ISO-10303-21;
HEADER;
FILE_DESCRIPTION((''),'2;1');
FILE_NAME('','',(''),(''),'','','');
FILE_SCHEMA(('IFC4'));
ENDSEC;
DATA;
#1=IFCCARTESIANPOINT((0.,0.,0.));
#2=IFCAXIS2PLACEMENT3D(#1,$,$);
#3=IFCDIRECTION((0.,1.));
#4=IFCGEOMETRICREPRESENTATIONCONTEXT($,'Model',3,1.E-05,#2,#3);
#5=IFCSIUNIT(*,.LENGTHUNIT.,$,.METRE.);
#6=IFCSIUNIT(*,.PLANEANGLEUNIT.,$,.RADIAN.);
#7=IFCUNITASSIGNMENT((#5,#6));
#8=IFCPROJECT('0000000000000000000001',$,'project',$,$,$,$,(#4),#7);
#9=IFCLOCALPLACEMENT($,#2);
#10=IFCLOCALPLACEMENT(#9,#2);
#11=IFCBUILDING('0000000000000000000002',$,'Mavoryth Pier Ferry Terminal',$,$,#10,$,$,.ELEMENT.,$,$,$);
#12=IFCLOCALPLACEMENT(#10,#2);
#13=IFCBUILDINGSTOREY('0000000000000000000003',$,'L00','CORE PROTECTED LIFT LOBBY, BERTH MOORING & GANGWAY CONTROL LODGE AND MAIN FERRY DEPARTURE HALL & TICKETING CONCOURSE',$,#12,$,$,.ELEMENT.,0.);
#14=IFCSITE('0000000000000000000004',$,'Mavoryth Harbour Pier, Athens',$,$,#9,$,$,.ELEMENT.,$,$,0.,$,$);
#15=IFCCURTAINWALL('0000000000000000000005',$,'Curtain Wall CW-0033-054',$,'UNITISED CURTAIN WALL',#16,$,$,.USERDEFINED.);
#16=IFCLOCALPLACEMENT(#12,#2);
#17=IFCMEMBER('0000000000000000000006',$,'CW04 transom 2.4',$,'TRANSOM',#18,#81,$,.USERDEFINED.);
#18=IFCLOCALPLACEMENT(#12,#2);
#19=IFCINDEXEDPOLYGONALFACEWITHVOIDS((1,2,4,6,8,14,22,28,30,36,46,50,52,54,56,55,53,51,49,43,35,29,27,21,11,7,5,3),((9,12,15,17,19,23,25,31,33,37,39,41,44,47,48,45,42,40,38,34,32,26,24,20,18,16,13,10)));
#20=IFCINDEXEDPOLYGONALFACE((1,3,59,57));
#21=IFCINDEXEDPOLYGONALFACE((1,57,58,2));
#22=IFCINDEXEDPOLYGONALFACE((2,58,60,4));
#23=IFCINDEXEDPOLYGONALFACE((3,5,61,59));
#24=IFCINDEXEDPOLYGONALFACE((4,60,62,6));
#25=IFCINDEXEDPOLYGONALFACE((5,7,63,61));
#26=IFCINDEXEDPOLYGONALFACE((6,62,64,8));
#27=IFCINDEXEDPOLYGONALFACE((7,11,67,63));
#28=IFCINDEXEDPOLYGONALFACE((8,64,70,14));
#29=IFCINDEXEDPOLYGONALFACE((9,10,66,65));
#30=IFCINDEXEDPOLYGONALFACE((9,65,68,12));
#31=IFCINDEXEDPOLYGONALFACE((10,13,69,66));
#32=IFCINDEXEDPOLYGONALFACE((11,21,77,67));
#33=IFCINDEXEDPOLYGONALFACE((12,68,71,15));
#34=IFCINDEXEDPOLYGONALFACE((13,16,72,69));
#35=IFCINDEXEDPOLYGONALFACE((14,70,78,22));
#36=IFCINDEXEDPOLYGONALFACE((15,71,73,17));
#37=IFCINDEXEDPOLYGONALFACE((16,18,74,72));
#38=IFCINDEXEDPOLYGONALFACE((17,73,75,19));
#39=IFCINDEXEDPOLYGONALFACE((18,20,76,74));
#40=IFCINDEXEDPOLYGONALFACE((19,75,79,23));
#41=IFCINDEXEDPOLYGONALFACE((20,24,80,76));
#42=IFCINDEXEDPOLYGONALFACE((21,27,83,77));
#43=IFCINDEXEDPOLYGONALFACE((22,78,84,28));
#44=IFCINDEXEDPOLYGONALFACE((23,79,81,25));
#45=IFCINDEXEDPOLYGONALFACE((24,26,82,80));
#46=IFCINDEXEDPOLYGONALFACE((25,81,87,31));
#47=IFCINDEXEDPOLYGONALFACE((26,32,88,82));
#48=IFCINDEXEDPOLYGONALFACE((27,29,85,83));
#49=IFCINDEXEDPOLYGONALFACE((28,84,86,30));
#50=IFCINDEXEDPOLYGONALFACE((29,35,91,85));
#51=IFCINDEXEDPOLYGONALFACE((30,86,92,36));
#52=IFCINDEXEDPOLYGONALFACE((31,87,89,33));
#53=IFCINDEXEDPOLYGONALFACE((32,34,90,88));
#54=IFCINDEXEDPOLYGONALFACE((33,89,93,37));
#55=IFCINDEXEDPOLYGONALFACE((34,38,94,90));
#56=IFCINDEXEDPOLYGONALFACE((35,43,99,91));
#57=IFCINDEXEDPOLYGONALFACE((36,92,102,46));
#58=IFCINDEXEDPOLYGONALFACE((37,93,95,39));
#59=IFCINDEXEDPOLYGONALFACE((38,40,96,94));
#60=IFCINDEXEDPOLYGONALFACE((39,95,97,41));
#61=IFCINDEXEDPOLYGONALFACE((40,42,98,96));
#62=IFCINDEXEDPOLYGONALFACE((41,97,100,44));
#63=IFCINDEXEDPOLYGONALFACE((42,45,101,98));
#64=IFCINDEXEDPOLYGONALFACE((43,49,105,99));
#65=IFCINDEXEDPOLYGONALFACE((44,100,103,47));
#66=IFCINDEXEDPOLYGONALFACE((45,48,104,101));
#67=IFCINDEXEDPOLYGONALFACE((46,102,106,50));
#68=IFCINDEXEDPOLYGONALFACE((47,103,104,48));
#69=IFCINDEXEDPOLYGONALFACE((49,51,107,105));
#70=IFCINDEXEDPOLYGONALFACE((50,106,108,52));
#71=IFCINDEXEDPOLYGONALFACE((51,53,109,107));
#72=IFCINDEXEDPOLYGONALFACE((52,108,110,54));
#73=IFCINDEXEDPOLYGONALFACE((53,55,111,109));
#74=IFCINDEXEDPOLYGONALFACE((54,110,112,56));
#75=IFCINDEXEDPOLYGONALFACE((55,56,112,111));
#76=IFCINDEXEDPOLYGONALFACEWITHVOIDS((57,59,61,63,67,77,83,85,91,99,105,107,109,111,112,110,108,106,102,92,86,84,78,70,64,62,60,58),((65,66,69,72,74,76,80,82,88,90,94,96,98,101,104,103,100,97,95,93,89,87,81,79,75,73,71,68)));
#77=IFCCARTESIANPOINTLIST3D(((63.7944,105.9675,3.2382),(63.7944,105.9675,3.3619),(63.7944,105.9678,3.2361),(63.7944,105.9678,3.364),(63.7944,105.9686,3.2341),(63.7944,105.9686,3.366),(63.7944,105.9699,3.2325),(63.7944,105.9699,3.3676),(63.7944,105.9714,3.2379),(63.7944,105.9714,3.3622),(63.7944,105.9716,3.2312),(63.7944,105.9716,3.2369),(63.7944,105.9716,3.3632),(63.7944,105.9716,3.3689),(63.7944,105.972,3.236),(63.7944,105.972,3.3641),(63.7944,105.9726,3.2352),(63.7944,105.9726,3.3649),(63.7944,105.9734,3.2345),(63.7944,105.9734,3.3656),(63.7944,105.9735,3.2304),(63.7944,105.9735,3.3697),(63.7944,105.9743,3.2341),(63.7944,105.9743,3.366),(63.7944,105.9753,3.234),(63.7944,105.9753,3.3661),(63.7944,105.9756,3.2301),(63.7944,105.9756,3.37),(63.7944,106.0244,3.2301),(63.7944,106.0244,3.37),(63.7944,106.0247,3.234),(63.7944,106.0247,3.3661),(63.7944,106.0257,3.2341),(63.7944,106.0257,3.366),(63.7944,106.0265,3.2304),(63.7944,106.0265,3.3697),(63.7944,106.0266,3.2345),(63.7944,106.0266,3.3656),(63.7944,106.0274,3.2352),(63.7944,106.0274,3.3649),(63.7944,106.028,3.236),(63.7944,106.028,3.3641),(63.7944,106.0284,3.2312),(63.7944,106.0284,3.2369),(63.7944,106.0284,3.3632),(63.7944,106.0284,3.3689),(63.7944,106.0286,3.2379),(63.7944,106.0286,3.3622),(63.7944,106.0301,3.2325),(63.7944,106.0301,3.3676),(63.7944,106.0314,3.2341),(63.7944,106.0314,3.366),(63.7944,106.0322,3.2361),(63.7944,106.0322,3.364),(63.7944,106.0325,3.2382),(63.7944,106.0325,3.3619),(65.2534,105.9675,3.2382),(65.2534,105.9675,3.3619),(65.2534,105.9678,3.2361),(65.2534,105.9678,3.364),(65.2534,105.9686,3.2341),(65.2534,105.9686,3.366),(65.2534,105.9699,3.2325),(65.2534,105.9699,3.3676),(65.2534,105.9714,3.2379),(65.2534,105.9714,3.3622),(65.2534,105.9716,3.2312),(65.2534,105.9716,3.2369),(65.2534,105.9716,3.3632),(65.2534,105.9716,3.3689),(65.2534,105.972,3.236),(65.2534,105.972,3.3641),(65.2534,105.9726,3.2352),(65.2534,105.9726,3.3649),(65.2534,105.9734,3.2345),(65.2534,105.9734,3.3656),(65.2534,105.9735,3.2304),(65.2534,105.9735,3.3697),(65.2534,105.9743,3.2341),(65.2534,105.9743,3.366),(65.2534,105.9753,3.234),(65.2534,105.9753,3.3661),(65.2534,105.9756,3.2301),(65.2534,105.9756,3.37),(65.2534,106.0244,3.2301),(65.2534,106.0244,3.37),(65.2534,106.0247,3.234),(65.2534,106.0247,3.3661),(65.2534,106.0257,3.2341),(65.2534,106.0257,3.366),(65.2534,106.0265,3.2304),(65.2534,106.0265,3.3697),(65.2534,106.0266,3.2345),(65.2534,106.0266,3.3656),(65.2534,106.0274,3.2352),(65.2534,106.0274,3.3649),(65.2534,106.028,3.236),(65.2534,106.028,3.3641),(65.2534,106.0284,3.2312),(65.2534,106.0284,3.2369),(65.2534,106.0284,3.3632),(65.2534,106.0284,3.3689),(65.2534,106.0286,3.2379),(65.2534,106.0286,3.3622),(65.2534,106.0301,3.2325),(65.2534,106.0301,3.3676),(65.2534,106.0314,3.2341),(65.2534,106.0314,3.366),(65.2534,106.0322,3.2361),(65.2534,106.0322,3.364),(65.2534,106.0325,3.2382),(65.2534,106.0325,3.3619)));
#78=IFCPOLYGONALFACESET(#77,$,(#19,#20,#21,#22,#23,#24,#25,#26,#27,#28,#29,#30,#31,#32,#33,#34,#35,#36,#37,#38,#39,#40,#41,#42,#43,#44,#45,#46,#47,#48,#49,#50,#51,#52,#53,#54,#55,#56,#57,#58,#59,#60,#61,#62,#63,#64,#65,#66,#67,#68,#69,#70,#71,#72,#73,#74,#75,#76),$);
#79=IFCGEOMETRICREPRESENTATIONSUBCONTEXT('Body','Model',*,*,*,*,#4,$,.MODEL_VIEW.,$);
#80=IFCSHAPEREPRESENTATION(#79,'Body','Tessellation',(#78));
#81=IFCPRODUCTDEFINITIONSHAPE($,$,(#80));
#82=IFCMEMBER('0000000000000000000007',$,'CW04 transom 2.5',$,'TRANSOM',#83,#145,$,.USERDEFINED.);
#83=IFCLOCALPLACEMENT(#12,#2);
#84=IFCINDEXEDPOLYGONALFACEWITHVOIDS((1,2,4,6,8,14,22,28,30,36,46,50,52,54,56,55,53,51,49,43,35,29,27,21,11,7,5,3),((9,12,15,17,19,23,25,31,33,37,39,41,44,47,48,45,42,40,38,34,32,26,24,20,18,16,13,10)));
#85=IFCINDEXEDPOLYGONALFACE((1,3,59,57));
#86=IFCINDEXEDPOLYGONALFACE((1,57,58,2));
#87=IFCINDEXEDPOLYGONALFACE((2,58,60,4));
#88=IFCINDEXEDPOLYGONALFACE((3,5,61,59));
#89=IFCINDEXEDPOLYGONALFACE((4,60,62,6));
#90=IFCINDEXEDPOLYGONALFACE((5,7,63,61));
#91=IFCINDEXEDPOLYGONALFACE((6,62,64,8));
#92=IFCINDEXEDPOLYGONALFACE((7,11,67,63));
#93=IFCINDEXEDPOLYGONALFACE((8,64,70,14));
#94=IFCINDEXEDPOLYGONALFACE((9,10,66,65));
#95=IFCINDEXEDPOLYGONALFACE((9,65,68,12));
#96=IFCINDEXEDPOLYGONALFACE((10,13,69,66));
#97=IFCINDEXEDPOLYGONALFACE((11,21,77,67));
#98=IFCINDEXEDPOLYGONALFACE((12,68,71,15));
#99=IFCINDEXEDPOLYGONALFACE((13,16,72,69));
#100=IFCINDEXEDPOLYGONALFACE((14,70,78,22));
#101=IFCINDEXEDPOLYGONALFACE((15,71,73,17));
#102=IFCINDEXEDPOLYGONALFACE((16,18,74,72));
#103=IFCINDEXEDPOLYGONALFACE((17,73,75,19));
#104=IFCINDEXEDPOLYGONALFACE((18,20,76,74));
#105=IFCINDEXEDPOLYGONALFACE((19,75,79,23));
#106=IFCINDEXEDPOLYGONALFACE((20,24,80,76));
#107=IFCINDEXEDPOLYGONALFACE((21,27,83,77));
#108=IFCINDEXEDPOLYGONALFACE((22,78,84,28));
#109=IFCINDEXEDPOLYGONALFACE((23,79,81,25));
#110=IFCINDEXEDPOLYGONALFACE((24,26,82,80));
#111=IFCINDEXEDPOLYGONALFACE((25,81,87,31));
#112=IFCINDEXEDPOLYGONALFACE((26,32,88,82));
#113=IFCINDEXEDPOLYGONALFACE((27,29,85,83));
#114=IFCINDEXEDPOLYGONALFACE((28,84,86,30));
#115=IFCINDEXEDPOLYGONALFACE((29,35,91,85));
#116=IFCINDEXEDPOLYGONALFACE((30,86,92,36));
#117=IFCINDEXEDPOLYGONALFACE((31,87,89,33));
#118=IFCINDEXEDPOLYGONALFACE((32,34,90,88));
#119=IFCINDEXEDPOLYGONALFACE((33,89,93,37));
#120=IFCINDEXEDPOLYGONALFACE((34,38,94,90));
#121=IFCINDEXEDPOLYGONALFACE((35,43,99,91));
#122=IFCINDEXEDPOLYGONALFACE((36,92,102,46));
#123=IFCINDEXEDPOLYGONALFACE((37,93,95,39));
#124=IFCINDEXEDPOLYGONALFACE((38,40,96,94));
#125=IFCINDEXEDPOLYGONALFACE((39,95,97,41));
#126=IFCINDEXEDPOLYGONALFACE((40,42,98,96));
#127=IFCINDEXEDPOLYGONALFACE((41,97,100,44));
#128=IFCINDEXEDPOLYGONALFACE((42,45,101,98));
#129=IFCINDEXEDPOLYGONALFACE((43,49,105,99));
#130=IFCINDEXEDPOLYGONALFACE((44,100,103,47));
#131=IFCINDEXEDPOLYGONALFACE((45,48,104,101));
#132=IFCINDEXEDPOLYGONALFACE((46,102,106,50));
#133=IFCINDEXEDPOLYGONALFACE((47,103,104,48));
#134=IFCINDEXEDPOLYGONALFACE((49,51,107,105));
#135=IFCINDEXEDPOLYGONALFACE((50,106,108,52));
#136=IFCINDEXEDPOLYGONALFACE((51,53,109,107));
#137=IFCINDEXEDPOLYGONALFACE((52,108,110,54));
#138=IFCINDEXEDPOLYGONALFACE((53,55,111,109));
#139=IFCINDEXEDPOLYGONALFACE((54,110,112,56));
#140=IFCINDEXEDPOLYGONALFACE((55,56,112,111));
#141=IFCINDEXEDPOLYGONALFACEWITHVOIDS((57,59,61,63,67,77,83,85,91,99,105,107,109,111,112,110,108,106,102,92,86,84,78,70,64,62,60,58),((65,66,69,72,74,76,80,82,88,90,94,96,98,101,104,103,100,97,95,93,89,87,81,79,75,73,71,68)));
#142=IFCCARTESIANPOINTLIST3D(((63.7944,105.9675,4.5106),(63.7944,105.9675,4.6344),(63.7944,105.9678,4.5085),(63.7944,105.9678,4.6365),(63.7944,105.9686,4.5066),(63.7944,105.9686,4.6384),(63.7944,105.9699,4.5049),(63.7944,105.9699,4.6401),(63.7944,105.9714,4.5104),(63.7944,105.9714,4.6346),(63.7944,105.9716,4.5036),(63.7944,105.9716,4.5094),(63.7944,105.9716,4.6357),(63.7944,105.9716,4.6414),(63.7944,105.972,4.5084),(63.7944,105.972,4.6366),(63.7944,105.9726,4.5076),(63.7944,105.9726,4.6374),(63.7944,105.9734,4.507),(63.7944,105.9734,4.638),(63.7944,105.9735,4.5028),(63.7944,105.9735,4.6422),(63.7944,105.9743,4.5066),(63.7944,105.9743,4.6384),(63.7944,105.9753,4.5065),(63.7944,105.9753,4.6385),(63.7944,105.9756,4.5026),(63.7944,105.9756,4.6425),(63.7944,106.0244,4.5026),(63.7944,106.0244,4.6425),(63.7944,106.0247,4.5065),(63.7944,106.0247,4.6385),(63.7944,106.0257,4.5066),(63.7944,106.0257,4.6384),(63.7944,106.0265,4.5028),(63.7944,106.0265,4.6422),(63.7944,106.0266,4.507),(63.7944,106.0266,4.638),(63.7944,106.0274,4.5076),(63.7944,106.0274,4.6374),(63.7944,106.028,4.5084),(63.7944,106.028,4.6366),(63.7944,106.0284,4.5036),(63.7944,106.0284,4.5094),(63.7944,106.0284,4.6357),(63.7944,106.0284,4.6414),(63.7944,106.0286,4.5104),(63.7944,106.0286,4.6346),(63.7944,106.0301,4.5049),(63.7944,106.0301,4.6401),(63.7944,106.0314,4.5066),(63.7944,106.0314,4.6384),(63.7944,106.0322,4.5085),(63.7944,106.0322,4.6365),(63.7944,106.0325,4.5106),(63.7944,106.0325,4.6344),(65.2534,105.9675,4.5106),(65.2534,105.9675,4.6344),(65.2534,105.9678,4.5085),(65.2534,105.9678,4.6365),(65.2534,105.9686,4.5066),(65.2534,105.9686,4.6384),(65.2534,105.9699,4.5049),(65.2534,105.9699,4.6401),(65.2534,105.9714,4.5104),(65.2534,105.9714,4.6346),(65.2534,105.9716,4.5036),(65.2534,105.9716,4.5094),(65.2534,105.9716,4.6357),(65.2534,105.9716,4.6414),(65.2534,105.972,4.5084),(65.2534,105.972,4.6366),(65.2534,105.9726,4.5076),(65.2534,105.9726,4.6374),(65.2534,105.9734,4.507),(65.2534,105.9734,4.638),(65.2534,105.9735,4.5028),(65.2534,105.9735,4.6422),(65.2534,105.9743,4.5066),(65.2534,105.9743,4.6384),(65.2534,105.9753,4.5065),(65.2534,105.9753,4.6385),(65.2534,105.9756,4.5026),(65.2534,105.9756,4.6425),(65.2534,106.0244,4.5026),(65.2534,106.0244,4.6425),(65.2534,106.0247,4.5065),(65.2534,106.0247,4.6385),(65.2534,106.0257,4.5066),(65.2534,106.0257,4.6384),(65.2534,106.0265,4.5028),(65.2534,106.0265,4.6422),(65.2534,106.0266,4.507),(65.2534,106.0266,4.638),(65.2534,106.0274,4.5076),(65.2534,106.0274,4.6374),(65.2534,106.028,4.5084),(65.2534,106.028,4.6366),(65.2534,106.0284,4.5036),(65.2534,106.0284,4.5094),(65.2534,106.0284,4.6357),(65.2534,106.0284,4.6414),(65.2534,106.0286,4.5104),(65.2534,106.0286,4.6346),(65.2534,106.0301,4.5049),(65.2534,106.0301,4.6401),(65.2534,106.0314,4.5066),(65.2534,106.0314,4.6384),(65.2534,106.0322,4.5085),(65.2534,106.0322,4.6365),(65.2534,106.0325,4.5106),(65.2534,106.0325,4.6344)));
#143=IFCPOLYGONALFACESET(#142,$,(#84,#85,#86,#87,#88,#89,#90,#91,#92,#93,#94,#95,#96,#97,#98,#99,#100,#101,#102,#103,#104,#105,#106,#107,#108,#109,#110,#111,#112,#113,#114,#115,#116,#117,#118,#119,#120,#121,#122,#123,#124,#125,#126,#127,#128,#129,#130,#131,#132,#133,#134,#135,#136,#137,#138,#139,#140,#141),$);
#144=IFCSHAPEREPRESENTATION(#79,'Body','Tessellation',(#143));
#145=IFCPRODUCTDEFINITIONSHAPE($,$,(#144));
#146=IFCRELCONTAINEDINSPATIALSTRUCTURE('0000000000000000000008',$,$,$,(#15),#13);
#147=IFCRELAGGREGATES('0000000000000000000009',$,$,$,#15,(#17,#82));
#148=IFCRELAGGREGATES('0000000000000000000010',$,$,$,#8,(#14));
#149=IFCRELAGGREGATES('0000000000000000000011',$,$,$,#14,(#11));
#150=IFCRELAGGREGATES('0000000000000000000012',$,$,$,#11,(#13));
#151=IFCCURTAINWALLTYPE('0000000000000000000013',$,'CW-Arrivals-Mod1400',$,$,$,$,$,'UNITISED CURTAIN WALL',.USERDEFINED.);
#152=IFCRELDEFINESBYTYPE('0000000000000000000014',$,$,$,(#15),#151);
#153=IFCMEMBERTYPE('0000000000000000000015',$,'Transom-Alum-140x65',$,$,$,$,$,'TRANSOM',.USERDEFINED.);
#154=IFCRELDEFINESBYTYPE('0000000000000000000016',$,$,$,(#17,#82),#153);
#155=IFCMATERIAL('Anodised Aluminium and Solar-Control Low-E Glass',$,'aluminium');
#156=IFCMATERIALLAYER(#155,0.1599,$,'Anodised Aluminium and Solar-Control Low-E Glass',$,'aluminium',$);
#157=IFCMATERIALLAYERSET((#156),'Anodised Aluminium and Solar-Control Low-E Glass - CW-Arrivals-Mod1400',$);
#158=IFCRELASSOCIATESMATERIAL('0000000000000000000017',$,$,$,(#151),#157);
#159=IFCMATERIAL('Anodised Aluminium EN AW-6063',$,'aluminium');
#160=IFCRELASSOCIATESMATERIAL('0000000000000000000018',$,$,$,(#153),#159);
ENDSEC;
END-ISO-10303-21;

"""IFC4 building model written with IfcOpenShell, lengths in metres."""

from ifc_helpers import new_model, si_unit, direction, frame, origin, origin_2d, place, context, subcontext, project, spatial, hollow_rectangle, extrude, material, layer, layer_set, material_profile, profile_set, type_object, element, aggregate, save


model = new_model("IFC4")

# Units and contexts
model_context = context("Model", 3, precision=1e-05, world=origin(), true_north=direction((0.0, 1.0)))
body_context = subcontext(model_context, "Body", "Model", "MODEL_VIEW")
ifc_project = project(units=[si_unit("LENGTHUNIT", "METRE"), si_unit("PLANEANGLEUNIT", "RADIAN")], contexts=[model_context])

# Site, building, storey
site_placement = place(None, origin())
site = spatial("IfcSite", under=ifc_project, at=site_placement, Name="Mavoryth Harbour Pier, Athens", CompositionType="ELEMENT", RefElevation=0.0)
building_placement = place(site_placement, origin())
building = spatial("IfcBuilding", under=site, at=building_placement, Name="Mavoryth Pier Ferry Terminal", CompositionType="ELEMENT")
storey_placement = place(building_placement, origin())
storey = spatial("IfcBuildingStorey", under=building, at=storey_placement, Name="L00", Description="CORE PROTECTED LIFT LOBBY, BERTH MOORING & GANGWAY CONTROL LODGE AND MAIN FERRY DEPARTURE HALL & TICKETING CONCOURSE", CompositionType="ELEMENT", Elevation=0.0)

# Curtain wall, members
ifc_material_1 = material(Name="Anodised Aluminium and Solar-Control Low-E Glass", Category="aluminium")
ifc_layer_1 = layer(ifc_material_1, 0.1599, Name="Anodised Aluminium and Solar-Control Low-E Glass", Category="aluminium")
ifc_layer_set_1 = layer_set([ifc_layer_1], Name="Anodised Aluminium and Solar-Control Low-E Glass - CW-Arrivals-Mod1400")
curtain_wall_type = type_object("IfcCurtainWallType", Name="CW-Arrivals-Mod1400", ElementType="UNITISED CURTAIN WALL", PredefinedType="USERDEFINED", material=ifc_layer_set_1)
curtain_wall_placement = place(storey_placement, origin())
curtain_wall = element("IfcCurtainWall", 1, at=curtain_wall_placement, inside=storey, type_object=curtain_wall_type, Name="Curtain Wall CW-0033-054", ObjectType="UNITISED CURTAIN WALL", PredefinedType="USERDEFINED")
ifc_material_2 = material(Name="Anodised Aluminium EN AW-6063", Category="aluminium")
ifc_material_profile_1 = material_profile(ifc_material_2, hollow_rectangle(XDim=0.0649, YDim=0.1399, WallThickness=0.0039, InnerFilletRadius=0.0039, OuterFilletRadius=0.0081, at=origin_2d()), Name="AL-TRAN 140x65x4", Category="aluminium")
ifc_profile_set_1 = profile_set([ifc_material_profile_1], Name="Anodised Aluminium EN AW-6063 - AL-TRAN 140x65x4")
member_type_1 = type_object("IfcMemberType", Name="Transom-Alum-140x65", ElementType="TRANSOM", PredefinedType="USERDEFINED", material=ifc_profile_set_1)
member_1_placement = place(storey_placement, frame((65.2534, 106.0, 3.3), z_axis=(-1.0, 0.0, 0.0), x_axis=(0.0, -1.0, 0.0)))
member_1 = element("IfcMember", 2, at=member_1_placement, type_object=member_type_1, Name="CW04 transom 2.4", ObjectType="TRANSOM", PredefinedType="USERDEFINED", context=body_context, shape_type="SweptSolid", body=[
    extrude(hollow_rectangle(XDim=0.0649, YDim=0.1399, WallThickness=0.0039, InnerFilletRadius=0.0039, OuterFilletRadius=0.0081, at=origin_2d()), origin(), (0.0, 0.0, 1.0), 1.459),
])
member_2_placement = place(storey_placement, frame((65.2534, 106.0, 4.5725), z_axis=(-1.0, 0.0, 0.0), x_axis=(0.0, -1.0, 0.0)))
member_2 = element("IfcMember", 3, at=member_2_placement, type_object=member_type_1, Name="CW04 transom 2.5", ObjectType="TRANSOM", PredefinedType="USERDEFINED", context=body_context, shape_type="SweptSolid", body=[
    extrude(hollow_rectangle(XDim=0.0649, YDim=0.1399, WallThickness=0.0039, InnerFilletRadius=0.0039, OuterFilletRadius=0.0081, at=origin_2d()), origin(), (0.0, 0.0, 1.0), 1.459),
])
aggregate(curtain_wall, [member_1, member_2])

save(model, "model.ifc")
